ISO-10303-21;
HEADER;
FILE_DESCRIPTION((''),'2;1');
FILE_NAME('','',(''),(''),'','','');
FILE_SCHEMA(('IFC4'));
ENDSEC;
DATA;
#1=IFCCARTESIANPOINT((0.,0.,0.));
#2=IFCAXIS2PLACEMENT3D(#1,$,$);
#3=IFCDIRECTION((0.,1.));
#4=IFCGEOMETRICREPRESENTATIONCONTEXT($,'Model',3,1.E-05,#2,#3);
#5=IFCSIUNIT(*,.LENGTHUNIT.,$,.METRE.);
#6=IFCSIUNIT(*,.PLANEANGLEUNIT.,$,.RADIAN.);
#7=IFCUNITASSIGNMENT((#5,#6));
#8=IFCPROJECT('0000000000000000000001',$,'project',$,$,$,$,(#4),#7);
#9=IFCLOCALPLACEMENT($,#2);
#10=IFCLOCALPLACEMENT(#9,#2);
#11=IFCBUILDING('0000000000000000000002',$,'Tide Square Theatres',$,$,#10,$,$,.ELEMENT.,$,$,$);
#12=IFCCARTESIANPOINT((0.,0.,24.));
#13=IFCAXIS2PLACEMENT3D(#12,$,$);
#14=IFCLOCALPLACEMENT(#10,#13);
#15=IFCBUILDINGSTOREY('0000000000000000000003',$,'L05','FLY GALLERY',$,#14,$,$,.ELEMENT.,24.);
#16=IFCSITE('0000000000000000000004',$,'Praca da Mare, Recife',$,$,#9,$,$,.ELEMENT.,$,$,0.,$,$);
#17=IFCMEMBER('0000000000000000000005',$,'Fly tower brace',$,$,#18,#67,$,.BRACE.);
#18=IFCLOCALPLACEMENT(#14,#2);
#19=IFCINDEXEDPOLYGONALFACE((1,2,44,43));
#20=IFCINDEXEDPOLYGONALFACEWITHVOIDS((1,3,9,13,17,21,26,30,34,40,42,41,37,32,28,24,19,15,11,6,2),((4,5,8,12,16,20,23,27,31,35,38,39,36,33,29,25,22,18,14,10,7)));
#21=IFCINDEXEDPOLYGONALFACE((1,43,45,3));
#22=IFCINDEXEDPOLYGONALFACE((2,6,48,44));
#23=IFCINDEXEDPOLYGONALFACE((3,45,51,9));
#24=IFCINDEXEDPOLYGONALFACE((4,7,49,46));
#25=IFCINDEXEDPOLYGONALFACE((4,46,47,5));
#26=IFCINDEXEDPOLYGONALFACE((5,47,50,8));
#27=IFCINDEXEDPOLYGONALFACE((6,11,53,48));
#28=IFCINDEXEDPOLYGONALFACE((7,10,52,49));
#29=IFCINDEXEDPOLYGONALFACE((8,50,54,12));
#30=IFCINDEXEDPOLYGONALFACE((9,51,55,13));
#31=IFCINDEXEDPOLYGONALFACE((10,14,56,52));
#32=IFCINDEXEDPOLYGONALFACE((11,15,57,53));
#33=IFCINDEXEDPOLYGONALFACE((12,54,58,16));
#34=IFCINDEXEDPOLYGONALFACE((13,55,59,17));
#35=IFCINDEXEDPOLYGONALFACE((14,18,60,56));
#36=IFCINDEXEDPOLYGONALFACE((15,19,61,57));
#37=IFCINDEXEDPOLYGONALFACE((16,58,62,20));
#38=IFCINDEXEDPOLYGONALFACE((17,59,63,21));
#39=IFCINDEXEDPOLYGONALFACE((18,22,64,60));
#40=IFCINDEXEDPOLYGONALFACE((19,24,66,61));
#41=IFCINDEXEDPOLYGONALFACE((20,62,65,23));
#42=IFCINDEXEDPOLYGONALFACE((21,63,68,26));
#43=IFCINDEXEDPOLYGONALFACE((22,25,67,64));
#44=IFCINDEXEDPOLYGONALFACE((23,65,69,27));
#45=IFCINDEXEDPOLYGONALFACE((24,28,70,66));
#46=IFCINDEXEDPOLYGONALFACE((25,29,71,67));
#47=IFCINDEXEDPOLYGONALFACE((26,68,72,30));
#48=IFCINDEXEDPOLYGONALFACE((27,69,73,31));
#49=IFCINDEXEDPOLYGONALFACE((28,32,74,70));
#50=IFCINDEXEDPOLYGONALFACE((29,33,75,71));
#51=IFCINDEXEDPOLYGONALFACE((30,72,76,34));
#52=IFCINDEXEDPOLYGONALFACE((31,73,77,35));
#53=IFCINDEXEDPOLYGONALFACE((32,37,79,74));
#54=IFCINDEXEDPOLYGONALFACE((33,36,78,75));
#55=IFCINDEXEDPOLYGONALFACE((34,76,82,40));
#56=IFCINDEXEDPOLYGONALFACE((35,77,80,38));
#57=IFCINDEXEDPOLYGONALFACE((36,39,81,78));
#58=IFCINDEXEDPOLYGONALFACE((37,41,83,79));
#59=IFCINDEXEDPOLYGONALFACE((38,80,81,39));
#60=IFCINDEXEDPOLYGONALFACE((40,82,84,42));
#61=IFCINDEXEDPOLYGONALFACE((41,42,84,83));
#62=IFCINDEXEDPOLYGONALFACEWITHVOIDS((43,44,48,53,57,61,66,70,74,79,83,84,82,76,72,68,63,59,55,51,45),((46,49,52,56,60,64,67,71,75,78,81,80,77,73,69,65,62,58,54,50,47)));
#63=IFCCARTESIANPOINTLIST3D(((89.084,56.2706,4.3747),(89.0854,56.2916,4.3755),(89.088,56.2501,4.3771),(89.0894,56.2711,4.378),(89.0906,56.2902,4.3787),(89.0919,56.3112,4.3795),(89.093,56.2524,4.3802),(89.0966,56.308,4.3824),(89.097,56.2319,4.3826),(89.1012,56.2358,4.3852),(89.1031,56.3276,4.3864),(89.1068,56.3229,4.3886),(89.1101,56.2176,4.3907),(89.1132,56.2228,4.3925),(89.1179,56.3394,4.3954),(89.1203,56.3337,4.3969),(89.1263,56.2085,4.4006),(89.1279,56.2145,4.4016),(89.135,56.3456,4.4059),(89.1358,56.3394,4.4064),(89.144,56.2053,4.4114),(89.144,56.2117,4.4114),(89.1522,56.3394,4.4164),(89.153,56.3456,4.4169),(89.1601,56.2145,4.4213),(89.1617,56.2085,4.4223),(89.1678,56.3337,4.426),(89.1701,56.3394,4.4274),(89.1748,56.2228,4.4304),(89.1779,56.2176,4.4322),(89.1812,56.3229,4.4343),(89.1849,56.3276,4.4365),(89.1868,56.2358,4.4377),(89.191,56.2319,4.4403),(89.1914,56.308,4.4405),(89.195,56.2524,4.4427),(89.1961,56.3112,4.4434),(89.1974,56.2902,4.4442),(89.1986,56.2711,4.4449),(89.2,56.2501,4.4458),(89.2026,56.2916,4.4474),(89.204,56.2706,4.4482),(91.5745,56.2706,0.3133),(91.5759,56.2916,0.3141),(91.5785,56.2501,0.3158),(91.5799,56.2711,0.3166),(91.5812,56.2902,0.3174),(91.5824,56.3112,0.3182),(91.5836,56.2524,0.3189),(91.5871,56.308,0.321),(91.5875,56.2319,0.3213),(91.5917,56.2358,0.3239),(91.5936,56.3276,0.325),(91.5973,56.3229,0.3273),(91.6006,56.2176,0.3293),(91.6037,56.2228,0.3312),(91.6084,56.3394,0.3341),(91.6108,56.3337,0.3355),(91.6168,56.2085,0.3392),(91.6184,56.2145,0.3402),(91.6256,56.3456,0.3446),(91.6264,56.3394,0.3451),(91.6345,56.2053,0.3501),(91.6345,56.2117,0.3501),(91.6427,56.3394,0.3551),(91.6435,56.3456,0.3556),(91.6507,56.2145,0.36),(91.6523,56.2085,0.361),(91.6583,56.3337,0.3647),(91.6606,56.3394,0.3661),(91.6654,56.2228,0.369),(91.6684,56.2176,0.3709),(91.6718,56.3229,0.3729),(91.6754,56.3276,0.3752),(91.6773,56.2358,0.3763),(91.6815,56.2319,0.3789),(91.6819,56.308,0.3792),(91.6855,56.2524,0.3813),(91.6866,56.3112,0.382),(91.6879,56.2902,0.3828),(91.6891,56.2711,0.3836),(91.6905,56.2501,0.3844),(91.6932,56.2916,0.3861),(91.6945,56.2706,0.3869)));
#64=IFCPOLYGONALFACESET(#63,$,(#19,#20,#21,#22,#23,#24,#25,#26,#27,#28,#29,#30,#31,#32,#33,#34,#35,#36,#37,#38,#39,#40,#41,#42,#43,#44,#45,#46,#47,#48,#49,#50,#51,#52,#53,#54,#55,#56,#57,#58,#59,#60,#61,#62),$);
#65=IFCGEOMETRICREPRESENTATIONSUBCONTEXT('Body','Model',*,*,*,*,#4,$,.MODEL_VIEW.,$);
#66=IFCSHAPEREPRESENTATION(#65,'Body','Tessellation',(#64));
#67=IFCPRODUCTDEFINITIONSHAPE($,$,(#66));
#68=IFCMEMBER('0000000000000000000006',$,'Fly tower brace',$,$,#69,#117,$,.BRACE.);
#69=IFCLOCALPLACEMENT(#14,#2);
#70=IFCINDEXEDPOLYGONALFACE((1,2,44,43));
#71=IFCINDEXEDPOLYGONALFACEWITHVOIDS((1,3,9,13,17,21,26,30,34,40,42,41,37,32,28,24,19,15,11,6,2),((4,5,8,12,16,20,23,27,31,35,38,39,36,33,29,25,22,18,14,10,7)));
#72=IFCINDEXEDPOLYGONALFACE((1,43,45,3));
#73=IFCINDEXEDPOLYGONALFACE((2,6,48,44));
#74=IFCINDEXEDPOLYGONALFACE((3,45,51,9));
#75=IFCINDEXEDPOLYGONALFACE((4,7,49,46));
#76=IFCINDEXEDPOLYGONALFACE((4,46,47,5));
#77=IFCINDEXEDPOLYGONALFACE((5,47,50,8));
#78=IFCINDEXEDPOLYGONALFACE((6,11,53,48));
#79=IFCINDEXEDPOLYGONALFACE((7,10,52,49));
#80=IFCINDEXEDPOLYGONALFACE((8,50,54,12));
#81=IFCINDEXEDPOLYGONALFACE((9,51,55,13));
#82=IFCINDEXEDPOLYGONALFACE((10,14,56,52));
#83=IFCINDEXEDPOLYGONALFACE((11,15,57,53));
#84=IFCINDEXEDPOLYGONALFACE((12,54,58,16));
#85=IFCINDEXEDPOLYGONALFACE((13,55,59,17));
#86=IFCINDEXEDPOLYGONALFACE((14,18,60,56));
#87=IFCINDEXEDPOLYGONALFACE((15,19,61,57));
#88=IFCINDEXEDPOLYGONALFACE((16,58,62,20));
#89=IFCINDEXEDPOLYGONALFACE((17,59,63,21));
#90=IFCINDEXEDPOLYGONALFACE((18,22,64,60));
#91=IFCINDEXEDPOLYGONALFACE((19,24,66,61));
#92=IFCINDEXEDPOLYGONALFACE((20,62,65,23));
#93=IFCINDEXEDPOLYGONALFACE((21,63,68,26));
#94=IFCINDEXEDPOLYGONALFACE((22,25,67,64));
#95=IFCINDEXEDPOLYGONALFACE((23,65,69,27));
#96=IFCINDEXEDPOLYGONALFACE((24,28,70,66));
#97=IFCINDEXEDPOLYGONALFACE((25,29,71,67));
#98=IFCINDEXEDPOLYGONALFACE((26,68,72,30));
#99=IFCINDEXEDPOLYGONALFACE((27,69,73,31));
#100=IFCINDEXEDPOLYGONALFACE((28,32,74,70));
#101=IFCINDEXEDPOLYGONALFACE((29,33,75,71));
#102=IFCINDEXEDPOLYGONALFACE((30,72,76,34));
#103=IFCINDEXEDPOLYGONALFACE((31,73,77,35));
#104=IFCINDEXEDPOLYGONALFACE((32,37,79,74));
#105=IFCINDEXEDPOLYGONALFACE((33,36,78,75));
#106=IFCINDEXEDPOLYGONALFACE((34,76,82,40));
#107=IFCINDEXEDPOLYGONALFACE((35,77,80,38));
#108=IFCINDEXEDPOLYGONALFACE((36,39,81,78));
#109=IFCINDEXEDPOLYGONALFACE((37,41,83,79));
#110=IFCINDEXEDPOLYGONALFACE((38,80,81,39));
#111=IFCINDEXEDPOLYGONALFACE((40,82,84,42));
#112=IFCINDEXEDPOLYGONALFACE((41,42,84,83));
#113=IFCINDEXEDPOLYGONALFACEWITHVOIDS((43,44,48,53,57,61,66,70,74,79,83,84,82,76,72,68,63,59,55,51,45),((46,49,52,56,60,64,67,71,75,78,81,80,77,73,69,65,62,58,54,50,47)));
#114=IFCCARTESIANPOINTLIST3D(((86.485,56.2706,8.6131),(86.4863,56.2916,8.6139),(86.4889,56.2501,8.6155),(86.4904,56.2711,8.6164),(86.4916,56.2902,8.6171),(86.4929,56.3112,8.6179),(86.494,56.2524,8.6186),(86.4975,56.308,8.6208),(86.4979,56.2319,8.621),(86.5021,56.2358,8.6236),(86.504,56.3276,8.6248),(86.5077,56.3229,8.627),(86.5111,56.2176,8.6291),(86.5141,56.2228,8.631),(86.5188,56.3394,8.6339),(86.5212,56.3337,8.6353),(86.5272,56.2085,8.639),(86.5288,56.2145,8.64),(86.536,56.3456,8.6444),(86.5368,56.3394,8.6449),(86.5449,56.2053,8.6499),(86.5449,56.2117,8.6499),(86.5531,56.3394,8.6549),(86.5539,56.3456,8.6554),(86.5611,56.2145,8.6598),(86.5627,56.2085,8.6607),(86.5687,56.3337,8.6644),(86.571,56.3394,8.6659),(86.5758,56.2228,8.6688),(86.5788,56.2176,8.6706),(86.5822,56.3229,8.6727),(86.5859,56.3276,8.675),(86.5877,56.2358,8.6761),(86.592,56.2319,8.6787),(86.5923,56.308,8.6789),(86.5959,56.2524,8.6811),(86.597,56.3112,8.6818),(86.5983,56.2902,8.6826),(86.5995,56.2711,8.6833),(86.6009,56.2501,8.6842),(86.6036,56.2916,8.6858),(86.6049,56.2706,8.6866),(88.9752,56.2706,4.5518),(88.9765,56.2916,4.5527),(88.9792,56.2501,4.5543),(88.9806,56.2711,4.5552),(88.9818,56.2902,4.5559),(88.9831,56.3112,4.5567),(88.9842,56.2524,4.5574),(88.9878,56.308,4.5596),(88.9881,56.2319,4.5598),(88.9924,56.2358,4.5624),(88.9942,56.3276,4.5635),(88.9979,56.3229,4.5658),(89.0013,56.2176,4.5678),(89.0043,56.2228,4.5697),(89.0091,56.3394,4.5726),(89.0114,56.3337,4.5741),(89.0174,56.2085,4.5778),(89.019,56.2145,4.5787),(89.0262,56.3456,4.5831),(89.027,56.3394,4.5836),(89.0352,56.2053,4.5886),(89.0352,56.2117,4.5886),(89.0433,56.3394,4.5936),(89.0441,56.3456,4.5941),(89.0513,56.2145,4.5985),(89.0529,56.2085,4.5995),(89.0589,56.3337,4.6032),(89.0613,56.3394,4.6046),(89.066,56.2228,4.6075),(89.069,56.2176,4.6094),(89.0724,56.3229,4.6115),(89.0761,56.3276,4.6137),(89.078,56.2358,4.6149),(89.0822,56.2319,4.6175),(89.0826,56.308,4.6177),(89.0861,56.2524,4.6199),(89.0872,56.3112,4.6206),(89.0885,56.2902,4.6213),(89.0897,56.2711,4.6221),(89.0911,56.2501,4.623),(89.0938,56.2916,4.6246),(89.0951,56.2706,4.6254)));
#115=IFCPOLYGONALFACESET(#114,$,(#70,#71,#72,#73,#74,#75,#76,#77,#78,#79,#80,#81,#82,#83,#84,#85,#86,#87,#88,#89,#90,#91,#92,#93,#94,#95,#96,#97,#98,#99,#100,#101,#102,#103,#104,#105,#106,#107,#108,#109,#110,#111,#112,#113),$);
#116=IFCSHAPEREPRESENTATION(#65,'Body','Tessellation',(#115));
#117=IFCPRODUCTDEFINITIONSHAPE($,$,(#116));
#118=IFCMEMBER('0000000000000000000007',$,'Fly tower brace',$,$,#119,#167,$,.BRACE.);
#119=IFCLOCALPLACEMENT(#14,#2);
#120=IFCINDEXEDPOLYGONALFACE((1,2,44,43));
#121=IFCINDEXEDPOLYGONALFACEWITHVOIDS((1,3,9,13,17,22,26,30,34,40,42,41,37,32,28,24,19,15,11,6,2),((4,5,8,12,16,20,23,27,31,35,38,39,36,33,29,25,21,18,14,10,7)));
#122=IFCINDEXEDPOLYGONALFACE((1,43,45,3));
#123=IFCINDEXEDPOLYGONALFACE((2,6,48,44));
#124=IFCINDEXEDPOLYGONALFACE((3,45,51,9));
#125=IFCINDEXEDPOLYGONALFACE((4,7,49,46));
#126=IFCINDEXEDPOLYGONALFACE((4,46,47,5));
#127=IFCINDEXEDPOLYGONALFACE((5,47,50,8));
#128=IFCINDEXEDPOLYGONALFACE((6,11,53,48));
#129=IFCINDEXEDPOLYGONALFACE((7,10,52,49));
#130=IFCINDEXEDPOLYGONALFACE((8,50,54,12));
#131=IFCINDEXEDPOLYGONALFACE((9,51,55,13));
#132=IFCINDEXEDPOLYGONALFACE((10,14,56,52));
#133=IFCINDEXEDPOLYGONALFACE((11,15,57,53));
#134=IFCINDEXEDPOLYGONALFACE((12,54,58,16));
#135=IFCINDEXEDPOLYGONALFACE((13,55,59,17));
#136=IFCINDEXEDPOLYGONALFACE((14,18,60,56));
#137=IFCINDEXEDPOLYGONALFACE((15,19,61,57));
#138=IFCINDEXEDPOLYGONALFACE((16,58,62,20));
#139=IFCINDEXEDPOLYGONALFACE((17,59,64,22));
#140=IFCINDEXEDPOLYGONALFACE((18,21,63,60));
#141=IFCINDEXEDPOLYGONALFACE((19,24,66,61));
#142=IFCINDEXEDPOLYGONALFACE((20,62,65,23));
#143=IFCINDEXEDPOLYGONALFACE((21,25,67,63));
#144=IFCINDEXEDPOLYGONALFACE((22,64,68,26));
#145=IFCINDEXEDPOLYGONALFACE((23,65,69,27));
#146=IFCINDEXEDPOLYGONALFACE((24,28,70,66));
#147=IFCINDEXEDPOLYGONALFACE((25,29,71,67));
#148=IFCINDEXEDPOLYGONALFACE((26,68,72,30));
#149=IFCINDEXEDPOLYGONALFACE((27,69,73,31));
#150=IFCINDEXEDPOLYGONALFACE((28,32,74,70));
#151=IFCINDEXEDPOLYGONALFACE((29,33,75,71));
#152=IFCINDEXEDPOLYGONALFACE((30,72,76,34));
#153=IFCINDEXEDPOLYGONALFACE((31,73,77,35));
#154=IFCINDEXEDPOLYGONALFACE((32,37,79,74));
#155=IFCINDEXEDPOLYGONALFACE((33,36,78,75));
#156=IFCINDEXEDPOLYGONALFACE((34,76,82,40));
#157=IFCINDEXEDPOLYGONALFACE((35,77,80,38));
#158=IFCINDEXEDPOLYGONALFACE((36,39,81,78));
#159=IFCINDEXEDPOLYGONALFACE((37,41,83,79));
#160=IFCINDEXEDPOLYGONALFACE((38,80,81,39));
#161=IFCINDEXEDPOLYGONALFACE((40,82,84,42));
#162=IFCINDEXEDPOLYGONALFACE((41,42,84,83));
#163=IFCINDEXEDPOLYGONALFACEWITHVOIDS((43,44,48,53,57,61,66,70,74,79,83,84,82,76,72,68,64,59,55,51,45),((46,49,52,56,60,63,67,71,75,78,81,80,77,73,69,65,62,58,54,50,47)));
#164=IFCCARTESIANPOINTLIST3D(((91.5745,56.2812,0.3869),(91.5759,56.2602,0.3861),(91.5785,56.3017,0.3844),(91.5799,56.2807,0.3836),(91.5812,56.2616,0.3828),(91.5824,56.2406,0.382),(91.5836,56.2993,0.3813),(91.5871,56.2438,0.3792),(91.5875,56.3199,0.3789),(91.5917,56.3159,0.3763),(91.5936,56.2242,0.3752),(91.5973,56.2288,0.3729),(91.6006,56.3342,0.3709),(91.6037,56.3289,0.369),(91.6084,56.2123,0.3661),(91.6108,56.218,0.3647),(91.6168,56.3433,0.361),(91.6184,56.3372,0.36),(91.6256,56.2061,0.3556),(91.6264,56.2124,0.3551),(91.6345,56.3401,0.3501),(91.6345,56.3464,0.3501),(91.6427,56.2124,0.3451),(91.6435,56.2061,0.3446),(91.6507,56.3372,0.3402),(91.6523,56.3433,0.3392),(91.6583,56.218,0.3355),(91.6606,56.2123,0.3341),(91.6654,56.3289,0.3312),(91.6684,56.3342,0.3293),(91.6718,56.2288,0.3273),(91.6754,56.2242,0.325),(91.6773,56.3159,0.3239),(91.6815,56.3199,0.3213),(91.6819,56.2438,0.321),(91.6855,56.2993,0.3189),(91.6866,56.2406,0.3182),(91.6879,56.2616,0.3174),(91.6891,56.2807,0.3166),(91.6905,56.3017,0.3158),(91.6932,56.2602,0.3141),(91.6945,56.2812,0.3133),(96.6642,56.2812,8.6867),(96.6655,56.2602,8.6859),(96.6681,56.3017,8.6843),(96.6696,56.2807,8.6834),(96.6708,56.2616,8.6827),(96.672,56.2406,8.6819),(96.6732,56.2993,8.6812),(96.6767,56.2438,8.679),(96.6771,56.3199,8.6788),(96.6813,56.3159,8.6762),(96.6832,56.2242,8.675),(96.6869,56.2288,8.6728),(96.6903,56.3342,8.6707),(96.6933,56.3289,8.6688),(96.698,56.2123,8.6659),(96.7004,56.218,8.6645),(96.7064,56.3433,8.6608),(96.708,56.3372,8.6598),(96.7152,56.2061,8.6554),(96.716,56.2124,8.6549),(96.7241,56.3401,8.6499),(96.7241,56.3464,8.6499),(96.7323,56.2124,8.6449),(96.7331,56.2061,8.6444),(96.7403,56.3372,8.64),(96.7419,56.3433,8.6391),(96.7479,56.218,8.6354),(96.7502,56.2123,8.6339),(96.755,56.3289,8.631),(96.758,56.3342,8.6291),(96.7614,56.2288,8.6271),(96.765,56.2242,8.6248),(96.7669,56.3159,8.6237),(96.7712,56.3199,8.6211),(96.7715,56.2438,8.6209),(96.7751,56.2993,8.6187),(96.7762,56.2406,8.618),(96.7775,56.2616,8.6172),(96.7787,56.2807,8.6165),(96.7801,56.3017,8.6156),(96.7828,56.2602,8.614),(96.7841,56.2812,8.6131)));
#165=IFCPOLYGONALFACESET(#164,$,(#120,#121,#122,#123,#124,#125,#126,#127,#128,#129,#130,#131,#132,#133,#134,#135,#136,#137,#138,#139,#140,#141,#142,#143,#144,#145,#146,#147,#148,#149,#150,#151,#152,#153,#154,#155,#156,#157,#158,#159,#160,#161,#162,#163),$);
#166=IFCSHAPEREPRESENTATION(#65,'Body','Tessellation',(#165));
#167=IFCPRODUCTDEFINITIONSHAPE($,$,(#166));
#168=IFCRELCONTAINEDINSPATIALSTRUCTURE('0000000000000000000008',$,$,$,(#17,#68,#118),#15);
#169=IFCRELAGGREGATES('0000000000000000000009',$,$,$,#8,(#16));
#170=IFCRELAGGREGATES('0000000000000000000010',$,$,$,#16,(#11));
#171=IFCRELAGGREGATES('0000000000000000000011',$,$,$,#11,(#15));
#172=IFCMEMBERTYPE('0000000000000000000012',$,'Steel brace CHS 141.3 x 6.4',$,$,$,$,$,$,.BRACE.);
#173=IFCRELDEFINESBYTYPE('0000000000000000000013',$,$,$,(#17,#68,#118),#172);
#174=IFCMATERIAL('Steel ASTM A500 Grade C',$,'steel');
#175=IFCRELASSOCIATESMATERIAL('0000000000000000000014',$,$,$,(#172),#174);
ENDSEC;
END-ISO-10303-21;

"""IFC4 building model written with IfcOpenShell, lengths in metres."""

from ifc_helpers import new_model, si_unit, direction, frame, origin, origin_2d, place, context, subcontext, project, spatial, hollow_circle, extrude, material, material_profile, profile_set, type_object, element, save


model = new_model("IFC4")

# Units and contexts
model_context = context("Model", 3, precision=1e-05, world=origin(), true_north=direction((0.0, 1.0)))
body_context = subcontext(model_context, "Body", "Model", "MODEL_VIEW")
ifc_project = project(units=[si_unit("LENGTHUNIT", "METRE"), si_unit("PLANEANGLEUNIT", "RADIAN")], contexts=[model_context])

# Site, building, storey
site_placement = place(None, origin())
site = spatial("IfcSite", under=ifc_project, at=site_placement, Name="Praca da Mare, Recife", CompositionType="ELEMENT", RefElevation=0.0)
building_placement = place(site_placement, origin())
building = spatial("IfcBuilding", under=site, at=building_placement, Name="Tide Square Theatres", CompositionType="ELEMENT")
storey_placement = place(building_placement, frame((0.0, 0.0, 24.0)))
storey = spatial("IfcBuildingStorey", under=building, at=storey_placement, Name="L05", Description="FLY GALLERY", CompositionType="ELEMENT", Elevation=24.0)

# Members
ifc_material_1 = material(Name="Steel ASTM A500 Grade C", Category="steel")
ifc_material_profile_1 = material_profile(ifc_material_1, hollow_circle(Radius=0.0706, WallThickness=0.0063, at=origin_2d()))
ifc_profile_set_1 = profile_set([ifc_material_profile_1], Name="Steel ASTM A500 Grade C")
member_type = type_object("IfcMemberType", Name="Steel brace CHS 141.3 x 6.4", PredefinedType="BRACE", material=ifc_profile_set_1)
member_1_placement = place(storey_placement, frame((91.6345, 56.2759, 0.3501), z_axis=(-0.522762, 0.0, 0.852479), x_axis=(0.0, -1.0, 0.0)))
element("IfcMember", 1, at=member_1_placement, inside=storey, type_object=member_type, Name="Fly tower brace", PredefinedType="BRACE", context=body_context, shape_type="SweptSolid", body=[
    extrude(hollow_circle(Radius=0.0706, WallThickness=0.0063, at=origin_2d()), origin(), (0.0, 0.0, 1.0), 4.7642),
])
member_2_placement = place(storey_placement, frame((89.0352, 56.2759, 4.5886), z_axis=(-0.522724, 0.0, 0.852502), x_axis=(0.0, -1.0, 0.0)))
element("IfcMember", 2, at=member_2_placement, inside=storey, type_object=member_type, Name="Fly tower brace", PredefinedType="BRACE", context=body_context, shape_type="SweptSolid", body=[
    extrude(hollow_circle(Radius=0.0706, WallThickness=0.0063, at=origin_2d()), origin(), (0.0, 0.0, 1.0), 4.7639),
])
member_3_placement = place(storey_placement, frame((91.6345, 56.2759, 0.3501), z_axis=(0.522758, 0.0, 0.852481), x_axis=(0.0, 1.0, 0.0)))
element("IfcMember", 3, at=member_3_placement, inside=storey, type_object=member_type, Name="Fly tower brace", PredefinedType="BRACE", context=body_context, shape_type="SweptSolid", body=[
    extrude(hollow_circle(Radius=0.0706, WallThickness=0.0063, at=origin_2d()), origin(), (0.0, 0.0, 1.0), 9.7361),
])

save(model, "model.ifc")
